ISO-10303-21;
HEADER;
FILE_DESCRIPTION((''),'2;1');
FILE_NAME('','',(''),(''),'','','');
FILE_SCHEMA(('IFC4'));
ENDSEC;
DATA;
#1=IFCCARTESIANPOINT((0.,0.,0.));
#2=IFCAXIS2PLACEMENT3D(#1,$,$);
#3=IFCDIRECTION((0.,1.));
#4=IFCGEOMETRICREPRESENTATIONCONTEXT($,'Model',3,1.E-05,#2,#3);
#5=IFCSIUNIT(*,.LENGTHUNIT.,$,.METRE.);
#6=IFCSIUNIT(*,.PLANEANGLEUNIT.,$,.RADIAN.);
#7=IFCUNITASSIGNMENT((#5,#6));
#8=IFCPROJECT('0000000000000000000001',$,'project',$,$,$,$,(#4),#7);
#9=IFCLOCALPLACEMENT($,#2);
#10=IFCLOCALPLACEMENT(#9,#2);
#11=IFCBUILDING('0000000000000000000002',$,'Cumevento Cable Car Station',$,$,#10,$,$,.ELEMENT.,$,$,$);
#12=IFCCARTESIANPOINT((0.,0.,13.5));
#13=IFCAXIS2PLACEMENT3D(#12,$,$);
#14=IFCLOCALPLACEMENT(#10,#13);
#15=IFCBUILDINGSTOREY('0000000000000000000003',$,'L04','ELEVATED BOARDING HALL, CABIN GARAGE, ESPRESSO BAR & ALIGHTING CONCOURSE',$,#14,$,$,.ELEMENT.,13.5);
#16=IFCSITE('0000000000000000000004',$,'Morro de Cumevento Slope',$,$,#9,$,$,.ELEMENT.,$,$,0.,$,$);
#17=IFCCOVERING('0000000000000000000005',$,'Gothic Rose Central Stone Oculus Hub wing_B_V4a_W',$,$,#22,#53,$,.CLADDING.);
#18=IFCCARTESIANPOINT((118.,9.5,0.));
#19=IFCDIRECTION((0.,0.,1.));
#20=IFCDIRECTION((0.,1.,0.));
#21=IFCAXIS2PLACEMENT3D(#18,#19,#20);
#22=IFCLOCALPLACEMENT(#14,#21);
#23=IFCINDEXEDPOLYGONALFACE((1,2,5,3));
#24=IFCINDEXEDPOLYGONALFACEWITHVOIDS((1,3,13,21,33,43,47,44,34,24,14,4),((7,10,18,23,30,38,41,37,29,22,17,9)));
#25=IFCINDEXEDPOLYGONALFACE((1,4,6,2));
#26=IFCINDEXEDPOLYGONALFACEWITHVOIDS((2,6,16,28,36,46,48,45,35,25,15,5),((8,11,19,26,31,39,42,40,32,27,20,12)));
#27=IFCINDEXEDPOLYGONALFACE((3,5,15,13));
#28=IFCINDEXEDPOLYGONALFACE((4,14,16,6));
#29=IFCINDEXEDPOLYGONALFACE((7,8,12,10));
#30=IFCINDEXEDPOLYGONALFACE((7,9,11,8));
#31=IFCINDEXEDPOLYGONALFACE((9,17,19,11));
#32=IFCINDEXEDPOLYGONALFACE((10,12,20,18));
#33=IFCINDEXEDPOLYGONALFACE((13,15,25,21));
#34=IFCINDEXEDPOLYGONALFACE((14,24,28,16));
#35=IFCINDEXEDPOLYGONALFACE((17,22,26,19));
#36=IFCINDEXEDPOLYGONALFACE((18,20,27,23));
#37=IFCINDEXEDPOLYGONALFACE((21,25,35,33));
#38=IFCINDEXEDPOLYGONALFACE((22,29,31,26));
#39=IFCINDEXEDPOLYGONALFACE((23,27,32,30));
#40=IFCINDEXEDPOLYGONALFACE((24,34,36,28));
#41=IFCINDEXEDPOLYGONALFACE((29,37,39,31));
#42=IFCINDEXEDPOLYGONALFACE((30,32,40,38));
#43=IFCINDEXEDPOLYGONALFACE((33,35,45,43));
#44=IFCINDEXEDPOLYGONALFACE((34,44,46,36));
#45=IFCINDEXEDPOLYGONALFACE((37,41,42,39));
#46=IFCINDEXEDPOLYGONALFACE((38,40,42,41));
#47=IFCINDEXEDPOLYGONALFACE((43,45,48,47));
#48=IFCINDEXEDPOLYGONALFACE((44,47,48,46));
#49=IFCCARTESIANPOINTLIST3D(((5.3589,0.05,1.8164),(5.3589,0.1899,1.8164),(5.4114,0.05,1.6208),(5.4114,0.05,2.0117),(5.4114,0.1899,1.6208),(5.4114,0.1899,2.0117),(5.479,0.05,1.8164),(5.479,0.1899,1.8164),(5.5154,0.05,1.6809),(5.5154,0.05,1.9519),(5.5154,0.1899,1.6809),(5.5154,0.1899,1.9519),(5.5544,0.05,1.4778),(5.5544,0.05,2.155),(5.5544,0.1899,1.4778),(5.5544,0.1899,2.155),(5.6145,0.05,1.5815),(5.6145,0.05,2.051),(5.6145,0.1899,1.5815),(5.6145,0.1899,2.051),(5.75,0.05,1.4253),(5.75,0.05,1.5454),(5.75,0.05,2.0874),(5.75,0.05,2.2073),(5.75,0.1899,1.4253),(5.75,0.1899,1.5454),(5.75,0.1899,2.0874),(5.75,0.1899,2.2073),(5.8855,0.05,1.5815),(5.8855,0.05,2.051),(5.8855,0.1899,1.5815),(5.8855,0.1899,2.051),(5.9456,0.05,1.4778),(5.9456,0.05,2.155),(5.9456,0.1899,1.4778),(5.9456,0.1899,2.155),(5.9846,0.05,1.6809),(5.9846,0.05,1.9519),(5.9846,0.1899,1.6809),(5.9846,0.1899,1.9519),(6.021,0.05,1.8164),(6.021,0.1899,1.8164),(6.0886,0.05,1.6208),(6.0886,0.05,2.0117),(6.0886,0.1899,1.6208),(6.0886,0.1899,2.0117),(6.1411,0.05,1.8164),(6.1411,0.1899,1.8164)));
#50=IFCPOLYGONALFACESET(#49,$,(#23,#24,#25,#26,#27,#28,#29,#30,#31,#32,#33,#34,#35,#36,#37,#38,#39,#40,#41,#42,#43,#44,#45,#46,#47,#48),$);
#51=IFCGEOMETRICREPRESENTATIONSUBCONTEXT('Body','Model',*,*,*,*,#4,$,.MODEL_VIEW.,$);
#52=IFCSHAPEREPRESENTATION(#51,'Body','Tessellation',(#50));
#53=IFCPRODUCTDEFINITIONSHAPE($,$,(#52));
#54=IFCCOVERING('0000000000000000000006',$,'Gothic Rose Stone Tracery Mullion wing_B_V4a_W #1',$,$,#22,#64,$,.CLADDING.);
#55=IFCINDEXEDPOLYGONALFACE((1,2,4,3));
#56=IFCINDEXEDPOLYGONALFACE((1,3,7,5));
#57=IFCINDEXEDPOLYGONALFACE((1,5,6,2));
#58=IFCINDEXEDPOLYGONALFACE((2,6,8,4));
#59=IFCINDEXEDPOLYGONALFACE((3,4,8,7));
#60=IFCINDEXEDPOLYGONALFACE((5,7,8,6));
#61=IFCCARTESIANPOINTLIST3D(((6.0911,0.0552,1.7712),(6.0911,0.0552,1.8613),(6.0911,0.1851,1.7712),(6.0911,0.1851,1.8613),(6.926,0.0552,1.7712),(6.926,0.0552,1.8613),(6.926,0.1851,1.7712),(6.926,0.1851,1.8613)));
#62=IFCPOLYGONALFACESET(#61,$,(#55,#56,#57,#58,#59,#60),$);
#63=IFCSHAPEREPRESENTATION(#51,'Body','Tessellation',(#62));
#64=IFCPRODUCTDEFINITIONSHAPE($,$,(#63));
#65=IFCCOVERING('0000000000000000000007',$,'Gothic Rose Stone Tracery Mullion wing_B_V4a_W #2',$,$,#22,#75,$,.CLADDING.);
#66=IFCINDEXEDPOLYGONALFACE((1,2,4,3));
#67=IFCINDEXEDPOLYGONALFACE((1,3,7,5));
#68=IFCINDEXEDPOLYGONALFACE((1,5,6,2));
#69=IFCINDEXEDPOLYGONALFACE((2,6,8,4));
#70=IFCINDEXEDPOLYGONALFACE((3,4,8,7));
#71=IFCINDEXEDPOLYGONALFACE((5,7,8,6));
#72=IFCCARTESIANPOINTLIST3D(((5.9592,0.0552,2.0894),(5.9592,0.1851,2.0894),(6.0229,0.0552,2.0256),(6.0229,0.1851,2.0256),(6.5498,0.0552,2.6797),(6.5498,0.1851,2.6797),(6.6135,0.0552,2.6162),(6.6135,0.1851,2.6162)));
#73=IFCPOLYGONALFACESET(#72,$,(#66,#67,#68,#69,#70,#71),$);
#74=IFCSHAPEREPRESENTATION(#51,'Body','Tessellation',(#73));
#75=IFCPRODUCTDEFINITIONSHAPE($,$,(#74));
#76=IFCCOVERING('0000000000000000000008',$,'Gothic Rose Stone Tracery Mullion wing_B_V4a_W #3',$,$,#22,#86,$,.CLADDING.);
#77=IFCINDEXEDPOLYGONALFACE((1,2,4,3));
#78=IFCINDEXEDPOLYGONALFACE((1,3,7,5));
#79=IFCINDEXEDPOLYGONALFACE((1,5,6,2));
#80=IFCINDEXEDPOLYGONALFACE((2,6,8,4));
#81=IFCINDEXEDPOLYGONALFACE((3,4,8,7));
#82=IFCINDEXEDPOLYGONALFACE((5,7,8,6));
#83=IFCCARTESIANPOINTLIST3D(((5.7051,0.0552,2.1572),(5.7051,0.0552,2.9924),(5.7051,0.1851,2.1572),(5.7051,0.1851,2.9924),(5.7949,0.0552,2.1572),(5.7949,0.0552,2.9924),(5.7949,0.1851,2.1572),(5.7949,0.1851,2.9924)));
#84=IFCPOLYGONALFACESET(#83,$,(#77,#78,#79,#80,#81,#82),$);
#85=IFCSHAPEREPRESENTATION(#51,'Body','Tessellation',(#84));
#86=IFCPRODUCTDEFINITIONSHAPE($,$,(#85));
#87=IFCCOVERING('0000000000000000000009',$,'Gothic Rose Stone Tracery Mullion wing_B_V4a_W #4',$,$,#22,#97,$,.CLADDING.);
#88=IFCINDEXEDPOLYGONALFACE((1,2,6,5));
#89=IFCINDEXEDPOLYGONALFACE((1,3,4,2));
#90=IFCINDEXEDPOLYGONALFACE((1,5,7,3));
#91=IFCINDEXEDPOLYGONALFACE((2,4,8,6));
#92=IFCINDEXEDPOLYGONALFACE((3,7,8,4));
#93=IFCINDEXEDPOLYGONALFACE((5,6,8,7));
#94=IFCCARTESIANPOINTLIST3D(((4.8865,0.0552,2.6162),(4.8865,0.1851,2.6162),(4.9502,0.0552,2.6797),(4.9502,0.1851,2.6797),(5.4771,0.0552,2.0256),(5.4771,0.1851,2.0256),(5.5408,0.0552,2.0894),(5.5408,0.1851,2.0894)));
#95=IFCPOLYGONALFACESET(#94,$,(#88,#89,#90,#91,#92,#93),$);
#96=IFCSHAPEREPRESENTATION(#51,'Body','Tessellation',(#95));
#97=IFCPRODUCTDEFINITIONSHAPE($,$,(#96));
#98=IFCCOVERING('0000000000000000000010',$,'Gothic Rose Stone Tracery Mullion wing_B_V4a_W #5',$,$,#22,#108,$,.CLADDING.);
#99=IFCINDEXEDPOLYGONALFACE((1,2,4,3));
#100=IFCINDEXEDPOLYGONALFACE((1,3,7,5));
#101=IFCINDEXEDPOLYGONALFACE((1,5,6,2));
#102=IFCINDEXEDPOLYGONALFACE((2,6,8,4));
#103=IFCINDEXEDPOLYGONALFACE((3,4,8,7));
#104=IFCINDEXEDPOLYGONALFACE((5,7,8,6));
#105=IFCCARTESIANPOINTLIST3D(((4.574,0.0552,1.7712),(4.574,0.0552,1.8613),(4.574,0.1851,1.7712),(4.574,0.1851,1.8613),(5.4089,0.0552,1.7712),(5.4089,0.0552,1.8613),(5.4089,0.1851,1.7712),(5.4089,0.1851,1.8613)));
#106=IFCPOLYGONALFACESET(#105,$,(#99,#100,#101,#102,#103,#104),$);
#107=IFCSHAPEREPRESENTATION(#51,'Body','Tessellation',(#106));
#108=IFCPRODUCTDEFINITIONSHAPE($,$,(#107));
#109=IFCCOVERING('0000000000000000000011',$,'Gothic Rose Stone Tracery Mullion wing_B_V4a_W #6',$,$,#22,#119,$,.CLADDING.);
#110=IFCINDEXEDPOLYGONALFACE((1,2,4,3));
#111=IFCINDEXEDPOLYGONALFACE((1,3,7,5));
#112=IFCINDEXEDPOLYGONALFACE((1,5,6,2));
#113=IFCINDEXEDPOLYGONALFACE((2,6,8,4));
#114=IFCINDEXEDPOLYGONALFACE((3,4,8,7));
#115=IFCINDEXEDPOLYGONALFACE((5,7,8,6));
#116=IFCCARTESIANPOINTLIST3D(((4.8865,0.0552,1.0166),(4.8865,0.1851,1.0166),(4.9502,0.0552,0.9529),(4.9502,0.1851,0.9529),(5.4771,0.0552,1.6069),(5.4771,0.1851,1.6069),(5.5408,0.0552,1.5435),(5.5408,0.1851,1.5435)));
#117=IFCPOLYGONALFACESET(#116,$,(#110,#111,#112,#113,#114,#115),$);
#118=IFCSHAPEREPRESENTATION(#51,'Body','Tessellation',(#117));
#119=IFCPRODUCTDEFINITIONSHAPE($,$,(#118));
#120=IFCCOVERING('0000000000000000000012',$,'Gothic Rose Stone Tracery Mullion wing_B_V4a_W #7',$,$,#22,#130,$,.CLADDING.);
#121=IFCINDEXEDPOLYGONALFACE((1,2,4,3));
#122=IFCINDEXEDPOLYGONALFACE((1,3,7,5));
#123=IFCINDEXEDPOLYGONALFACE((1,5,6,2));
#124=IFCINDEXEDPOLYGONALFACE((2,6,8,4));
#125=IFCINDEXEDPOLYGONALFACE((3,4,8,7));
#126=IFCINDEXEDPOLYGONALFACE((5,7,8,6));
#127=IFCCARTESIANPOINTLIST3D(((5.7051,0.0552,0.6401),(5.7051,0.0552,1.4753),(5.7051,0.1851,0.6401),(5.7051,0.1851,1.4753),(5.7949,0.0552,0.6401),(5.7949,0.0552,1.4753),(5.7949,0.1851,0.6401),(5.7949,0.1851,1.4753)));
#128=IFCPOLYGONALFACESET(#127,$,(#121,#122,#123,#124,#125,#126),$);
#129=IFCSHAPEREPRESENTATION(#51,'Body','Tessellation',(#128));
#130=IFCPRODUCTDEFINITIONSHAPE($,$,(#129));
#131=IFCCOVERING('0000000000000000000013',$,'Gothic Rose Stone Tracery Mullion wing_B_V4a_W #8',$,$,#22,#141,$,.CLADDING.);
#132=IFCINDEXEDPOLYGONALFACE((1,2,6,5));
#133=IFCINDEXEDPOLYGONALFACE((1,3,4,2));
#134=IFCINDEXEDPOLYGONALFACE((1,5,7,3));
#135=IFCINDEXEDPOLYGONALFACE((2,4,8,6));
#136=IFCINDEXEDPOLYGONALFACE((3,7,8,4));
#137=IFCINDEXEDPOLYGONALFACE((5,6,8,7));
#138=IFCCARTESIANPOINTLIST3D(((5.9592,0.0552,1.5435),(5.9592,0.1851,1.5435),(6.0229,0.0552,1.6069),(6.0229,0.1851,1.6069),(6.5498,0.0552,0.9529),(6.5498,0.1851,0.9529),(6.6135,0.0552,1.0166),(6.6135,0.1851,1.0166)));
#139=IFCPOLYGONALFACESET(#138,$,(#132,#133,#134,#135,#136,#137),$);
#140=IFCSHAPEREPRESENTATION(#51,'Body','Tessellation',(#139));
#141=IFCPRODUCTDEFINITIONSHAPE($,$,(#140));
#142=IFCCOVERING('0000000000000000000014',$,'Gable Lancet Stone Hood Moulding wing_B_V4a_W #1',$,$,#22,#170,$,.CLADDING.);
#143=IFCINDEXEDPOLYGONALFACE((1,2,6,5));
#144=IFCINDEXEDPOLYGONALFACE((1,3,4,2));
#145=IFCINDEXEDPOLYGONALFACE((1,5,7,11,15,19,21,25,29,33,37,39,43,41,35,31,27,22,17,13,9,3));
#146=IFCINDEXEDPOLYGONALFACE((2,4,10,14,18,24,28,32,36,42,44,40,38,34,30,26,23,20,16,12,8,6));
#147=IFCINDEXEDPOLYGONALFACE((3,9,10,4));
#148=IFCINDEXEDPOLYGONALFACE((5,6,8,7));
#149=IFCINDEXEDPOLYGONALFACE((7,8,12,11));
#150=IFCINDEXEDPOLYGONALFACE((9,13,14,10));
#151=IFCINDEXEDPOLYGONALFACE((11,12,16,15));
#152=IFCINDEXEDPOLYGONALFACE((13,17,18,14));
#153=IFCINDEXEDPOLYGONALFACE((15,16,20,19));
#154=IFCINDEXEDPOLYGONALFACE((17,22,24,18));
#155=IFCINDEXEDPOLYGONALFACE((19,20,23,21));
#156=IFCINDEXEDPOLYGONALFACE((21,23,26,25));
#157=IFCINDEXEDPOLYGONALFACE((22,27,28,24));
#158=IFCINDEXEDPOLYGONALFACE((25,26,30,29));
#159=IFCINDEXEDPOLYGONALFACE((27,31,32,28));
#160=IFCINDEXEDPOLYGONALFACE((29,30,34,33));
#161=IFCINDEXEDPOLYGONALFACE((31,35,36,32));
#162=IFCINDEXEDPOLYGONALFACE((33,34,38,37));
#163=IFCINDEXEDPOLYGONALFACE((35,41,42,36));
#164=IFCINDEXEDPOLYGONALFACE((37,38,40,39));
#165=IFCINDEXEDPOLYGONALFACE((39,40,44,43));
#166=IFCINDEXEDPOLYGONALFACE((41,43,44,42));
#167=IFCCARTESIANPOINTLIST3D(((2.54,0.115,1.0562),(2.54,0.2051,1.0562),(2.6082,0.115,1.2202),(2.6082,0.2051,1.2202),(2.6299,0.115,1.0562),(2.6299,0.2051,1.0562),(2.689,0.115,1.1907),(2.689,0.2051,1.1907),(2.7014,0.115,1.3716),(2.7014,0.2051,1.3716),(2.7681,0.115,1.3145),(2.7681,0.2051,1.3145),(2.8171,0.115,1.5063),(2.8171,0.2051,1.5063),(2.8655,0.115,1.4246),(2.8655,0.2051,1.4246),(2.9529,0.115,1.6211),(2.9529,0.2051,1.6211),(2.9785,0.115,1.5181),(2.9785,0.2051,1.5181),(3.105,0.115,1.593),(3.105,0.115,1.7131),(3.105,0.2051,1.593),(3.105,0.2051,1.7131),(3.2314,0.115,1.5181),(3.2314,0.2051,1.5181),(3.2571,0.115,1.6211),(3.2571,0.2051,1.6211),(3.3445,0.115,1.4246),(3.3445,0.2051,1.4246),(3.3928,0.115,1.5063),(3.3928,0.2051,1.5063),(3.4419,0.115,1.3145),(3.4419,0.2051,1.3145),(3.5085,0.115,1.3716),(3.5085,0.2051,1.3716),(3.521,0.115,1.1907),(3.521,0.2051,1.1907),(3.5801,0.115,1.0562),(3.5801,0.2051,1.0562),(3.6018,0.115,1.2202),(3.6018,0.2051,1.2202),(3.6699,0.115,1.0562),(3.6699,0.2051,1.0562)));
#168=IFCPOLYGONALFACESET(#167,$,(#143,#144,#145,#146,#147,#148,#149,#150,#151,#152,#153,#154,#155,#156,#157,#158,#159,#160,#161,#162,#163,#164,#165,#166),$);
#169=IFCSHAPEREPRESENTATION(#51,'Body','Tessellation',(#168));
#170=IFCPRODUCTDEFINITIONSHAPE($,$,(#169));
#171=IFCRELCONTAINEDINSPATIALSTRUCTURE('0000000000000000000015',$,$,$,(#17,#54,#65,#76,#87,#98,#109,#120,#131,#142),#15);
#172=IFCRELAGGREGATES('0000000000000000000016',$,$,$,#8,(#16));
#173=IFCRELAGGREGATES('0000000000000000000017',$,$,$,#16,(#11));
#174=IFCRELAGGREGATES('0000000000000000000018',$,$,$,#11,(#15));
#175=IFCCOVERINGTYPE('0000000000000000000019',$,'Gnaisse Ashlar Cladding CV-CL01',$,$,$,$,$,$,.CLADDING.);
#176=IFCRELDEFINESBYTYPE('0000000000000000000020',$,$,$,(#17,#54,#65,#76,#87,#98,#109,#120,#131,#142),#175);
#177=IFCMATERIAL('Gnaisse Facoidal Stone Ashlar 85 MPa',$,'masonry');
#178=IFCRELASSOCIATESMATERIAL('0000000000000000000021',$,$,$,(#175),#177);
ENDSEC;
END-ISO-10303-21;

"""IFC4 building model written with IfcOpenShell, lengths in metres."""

from ifc_helpers import new_model, si_unit, direction, frame, origin, place, context, subcontext, project, spatial, polyline, outline, extrude, material, type_object, element, save


model = new_model("IFC4")

# Units and contexts
model_context = context("Model", 3, precision=1e-05, world=origin(), true_north=direction((0.0, 1.0)))
body_context = subcontext(model_context, "Body", "Model", "MODEL_VIEW")
ifc_project = project(units=[si_unit("LENGTHUNIT", "METRE"), si_unit("PLANEANGLEUNIT", "RADIAN")], contexts=[model_context])

# Site, building, storey
site_placement = place(None, origin())
site = spatial("IfcSite", under=ifc_project, at=site_placement, Name="Morro de Cumevento Slope", CompositionType="ELEMENT", RefElevation=0.0)
building_placement = place(site_placement, origin())
building = spatial("IfcBuilding", under=site, at=building_placement, Name="Cumevento Cable Car Station", CompositionType="ELEMENT")
storey_placement = place(building_placement, frame((0.0, 0.0, 13.5)))
storey = spatial("IfcBuildingStorey", under=building, at=storey_placement, Name="L04", Description="ELEVATED BOARDING HALL, CABIN GARAGE, ESPRESSO BAR & ALIGHTING CONCOURSE", CompositionType="ELEMENT", Elevation=13.5)

# Coverings
ifc_material_1 = material(Name="Gnaisse Facoidal Stone Ashlar 85 MPa", Category="masonry")
covering_type_1 = type_object("IfcCoveringType", Name="Gnaisse Ashlar Cladding CV-CL01", PredefinedType="CLADDING", material=ifc_material_1)
placement = place(storey_placement, frame((118.0, 9.5, 0.0), z_axis=(0.0, 0.0, 1.0), x_axis=(0.0, 1.0, 0.0)))
element("IfcCovering", 1, at=placement, inside=storey, type_object=covering_type_1, Name="Gothic Rose Central Stone Oculus Hub wing_B_V4a_W", PredefinedType="CLADDING", context=body_context, shape_type="SweptSolid", body=[
    extrude(outline(polyline([(6.1411, 1.8164), (6.0886, 2.0117), (5.9456, 2.155), (5.75, 2.2073), (5.5544, 2.155), (5.4114, 2.0117), (5.3589, 1.8164), (5.4114, 1.6208), (5.5544, 1.4778), (5.75, 1.4253), (5.9456, 1.4778), (6.0886, 1.6208), (6.1411, 1.8164)]), holes=[polyline([(6.021, 1.8164), (5.9846, 1.9519), (5.8855, 2.051), (5.75, 2.0874), (5.6145, 2.051), (5.5154, 1.9519), (5.479, 1.8164), (5.5154, 1.6809), (5.6145, 1.5815), (5.75, 1.5454), (5.8855, 1.5815), (5.9846, 1.6809), (6.021, 1.8164)])]), frame((0.0, 0.1899, 0.0), z_axis=(0.0, -1.0, 0.0), x_axis=(1.0, 0.0, 0.0)), (0.0, 0.0, 1.0), 0.1399),
])
element("IfcCovering", 2, at=placement, inside=storey, type_object=covering_type_1, Name="Gothic Rose Stone Tracery Mullion wing_B_V4a_W #1", PredefinedType="CLADDING", context=body_context, shape_type="SweptSolid", body=[
    extrude(outline(polyline([(6.0911, 1.8613), (6.926, 1.8613), (6.926, 1.7712), (6.0911, 1.7712), (6.0911, 1.8613)])), frame((0.0, 0.1851, 0.0), z_axis=(0.0, -1.0, 0.0), x_axis=(1.0, 0.0, 0.0)), (0.0, 0.0, 1.0), 0.1299),
])
element("IfcCovering", 3, at=placement, inside=storey, type_object=covering_type_1, Name="Gothic Rose Stone Tracery Mullion wing_B_V4a_W #2", PredefinedType="CLADDING", context=body_context, shape_type="SweptSolid", body=[
    extrude(outline(polyline([(5.9592, 2.0894), (6.5498, 2.6797), (6.6135, 2.6162), (6.0229, 2.0256), (5.9592, 2.0894)])), frame((0.0, 0.1851, 0.0), z_axis=(0.0, -1.0, 0.0), x_axis=(1.0, 0.0, 0.0)), (0.0, 0.0, 1.0), 0.1299),
])
element("IfcCovering", 4, at=placement, inside=storey, type_object=covering_type_1, Name="Gothic Rose Stone Tracery Mullion wing_B_V4a_W #3", PredefinedType="CLADDING", context=body_context, shape_type="SweptSolid", body=[
    extrude(outline(polyline([(5.7051, 2.1572), (5.7051, 2.9924), (5.7949, 2.9924), (5.7949, 2.1572), (5.7051, 2.1572)])), frame((0.0, 0.1851, 0.0), z_axis=(0.0, -1.0, 0.0), x_axis=(1.0, 0.0, 0.0)), (0.0, 0.0, 1.0), 0.1299),
])
element("IfcCovering", 5, at=placement, inside=storey, type_object=covering_type_1, Name="Gothic Rose Stone Tracery Mullion wing_B_V4a_W #4", PredefinedType="CLADDING", context=body_context, shape_type="SweptSolid", body=[
    extrude(outline(polyline([(5.4771, 2.0256), (4.8865, 2.6162), (4.9502, 2.6797), (5.5408, 2.0894), (5.4771, 2.0256)])), frame((0.0, 0.1851, 0.0), z_axis=(0.0, -1.0, 0.0), x_axis=(1.0, 0.0, 0.0)), (0.0, 0.0, 1.0), 0.1299),
])
element("IfcCovering", 6, at=placement, inside=storey, type_object=covering_type_1, Name="Gothic Rose Stone Tracery Mullion wing_B_V4a_W #5", PredefinedType="CLADDING", context=body_context, shape_type="SweptSolid", body=[
    extrude(outline(polyline([(5.4089, 1.7712), (4.574, 1.7712), (4.574, 1.8613), (5.4089, 1.8613), (5.4089, 1.7712)])), frame((0.0, 0.1851, 0.0), z_axis=(0.0, -1.0, 0.0), x_axis=(1.0, 0.0, 0.0)), (0.0, 0.0, 1.0), 0.1299),
])
element("IfcCovering", 7, at=placement, inside=storey, type_object=covering_type_1, Name="Gothic Rose Stone Tracery Mullion wing_B_V4a_W #6", PredefinedType="CLADDING", context=body_context, shape_type="SweptSolid", body=[
    extrude(outline(polyline([(5.5408, 1.5435), (4.9502, 0.9529), (4.8865, 1.0166), (5.4771, 1.6069), (5.5408, 1.5435)])), frame((0.0, 0.1851, 0.0), z_axis=(0.0, -1.0, 0.0), x_axis=(1.0, 0.0, 0.0)), (0.0, 0.0, 1.0), 0.1299),
])
element("IfcCovering", 8, at=placement, inside=storey, type_object=covering_type_1, Name="Gothic Rose Stone Tracery Mullion wing_B_V4a_W #7", PredefinedType="CLADDING", context=body_context, shape_type="SweptSolid", body=[
    extrude(outline(polyline([(5.7949, 1.4753), (5.7949, 0.6401), (5.7051, 0.6401), (5.7051, 1.4753), (5.7949, 1.4753)])), frame((0.0, 0.1851, 0.0), z_axis=(0.0, -1.0, 0.0), x_axis=(1.0, 0.0, 0.0)), (0.0, 0.0, 1.0), 0.1299),
])
element("IfcCovering", 9, at=placement, inside=storey, type_object=covering_type_1, Name="Gothic Rose Stone Tracery Mullion wing_B_V4a_W #8", PredefinedType="CLADDING", context=body_context, shape_type="SweptSolid", body=[
    extrude(outline(polyline([(6.0229, 1.6069), (6.6135, 1.0166), (6.5498, 0.9529), (5.9592, 1.5435), (6.0229, 1.6069)])), frame((0.0, 0.1851, 0.0), z_axis=(0.0, -1.0, 0.0), x_axis=(1.0, 0.0, 0.0)), (0.0, 0.0, 1.0), 0.1299),
])
element("IfcCovering", 10, at=placement, inside=storey, type_object=covering_type_1, Name="Gable Lancet Stone Hood Moulding wing_B_V4a_W #1", PredefinedType="CLADDING", context=body_context, shape_type="SweptSolid", body=[
    extrude(outline(polyline([(2.6299, 1.0562), (2.689, 1.1907), (2.7681, 1.3145), (2.8655, 1.4246), (2.9785, 1.5181), (3.105, 1.593), (3.2314, 1.5181), (3.3445, 1.4246), (3.4419, 1.3145), (3.521, 1.1907), (3.5801, 1.0562), (3.6699, 1.0562), (3.6018, 1.2202), (3.5085, 1.3716), (3.3928, 1.5063), (3.2571, 1.6211), (3.105, 1.7131), (2.9529, 1.6211), (2.8171, 1.5063), (2.7014, 1.3716), (2.6082, 1.2202), (2.54, 1.0562), (2.6299, 1.0562)])), frame((0.0, 0.2051, 0.0), z_axis=(0.0, -1.0, 0.0), x_axis=(1.0, 0.0, 0.0)), (0.0, 0.0, 1.0), 0.0901),
])

save(model, "model.ifc")
